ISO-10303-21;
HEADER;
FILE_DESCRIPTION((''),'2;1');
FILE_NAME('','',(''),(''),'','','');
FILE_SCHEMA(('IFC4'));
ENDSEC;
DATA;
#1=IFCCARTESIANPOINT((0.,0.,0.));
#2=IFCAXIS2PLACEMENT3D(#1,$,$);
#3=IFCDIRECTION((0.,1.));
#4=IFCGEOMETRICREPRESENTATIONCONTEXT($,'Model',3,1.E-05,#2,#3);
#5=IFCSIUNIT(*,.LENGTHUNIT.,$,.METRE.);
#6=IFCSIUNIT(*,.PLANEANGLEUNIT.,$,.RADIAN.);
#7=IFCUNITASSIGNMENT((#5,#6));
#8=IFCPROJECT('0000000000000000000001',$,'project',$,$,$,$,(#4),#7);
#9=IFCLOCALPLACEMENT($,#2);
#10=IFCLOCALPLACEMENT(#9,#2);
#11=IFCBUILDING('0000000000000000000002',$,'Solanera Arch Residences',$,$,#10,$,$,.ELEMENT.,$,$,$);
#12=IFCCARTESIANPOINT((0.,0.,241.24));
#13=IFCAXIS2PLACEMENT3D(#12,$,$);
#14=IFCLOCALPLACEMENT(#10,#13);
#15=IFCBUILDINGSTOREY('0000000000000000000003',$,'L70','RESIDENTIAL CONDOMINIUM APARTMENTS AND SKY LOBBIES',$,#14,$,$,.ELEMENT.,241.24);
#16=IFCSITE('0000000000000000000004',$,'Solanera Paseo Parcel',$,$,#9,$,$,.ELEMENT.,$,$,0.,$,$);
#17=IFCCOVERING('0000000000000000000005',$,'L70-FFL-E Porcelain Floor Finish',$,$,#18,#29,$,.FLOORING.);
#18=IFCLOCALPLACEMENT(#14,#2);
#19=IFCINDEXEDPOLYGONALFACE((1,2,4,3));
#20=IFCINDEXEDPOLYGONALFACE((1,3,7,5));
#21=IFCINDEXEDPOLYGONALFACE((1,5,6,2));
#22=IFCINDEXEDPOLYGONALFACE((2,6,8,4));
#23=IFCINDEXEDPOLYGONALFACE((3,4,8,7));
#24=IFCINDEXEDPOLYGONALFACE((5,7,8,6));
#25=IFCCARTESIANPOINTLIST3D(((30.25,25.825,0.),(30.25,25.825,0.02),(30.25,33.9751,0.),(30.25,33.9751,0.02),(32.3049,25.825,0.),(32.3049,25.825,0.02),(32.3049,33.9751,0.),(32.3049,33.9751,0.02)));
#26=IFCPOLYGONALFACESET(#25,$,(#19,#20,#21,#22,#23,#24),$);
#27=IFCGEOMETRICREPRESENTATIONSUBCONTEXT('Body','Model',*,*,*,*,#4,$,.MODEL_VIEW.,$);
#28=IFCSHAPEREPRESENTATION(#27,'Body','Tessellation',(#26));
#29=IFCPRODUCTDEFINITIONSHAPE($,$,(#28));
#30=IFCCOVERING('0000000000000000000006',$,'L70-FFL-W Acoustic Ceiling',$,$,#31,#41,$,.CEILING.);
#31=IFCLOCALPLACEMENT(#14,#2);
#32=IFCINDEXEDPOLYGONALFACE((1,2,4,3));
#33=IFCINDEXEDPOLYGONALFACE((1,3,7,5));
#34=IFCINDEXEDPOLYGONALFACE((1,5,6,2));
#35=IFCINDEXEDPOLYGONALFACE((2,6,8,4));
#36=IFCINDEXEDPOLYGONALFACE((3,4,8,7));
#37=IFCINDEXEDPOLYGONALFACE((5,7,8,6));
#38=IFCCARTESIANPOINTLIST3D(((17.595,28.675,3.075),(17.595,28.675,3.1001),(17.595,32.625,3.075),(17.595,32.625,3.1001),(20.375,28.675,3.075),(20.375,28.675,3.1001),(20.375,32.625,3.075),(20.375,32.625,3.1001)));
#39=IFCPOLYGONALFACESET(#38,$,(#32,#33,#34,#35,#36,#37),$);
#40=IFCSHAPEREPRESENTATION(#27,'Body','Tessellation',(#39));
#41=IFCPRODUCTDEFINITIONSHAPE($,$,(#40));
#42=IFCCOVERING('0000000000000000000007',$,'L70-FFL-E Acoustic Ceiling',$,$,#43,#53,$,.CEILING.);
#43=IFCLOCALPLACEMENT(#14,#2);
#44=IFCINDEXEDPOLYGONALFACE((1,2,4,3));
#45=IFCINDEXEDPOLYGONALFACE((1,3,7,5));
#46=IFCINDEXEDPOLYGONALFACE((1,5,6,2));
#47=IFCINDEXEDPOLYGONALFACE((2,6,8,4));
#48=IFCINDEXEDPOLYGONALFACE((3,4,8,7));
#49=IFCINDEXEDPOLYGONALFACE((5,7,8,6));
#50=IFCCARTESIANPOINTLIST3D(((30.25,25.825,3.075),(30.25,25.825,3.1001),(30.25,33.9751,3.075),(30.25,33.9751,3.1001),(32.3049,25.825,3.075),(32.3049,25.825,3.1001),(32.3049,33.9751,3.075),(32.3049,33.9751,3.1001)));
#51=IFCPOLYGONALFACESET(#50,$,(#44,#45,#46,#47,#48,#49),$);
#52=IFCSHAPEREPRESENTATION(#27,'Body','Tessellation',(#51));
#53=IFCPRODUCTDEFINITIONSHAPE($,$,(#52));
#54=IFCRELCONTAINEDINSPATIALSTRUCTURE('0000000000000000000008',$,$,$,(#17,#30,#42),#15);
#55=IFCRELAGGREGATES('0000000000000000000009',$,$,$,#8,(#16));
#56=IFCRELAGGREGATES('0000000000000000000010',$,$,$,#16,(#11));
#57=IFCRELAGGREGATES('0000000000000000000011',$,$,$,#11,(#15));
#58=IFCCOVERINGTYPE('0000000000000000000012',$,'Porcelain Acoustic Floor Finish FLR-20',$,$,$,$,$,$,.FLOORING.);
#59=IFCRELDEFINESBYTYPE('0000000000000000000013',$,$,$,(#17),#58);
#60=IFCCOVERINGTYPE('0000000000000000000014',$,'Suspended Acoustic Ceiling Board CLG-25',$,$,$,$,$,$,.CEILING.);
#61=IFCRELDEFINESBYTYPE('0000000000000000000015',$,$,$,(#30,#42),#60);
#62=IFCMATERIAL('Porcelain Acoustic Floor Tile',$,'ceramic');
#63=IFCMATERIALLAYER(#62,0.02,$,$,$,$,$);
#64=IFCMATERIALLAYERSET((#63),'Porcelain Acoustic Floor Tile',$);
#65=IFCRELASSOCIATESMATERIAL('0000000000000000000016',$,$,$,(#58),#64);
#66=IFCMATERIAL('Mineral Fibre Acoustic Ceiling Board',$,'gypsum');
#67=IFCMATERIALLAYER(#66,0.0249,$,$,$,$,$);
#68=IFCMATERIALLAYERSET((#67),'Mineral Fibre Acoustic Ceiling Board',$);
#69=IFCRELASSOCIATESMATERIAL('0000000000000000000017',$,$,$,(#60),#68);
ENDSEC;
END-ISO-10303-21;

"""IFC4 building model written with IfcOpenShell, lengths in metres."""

from ifc_helpers import new_model, si_unit, direction, frame, origin, place, context, subcontext, project, spatial, polyline, outline, extrude, material, layer, layer_set, type_object, element, save


model = new_model("IFC4")

# Units and contexts
model_context = context("Model", 3, precision=1e-05, world=origin(), true_north=direction((0.0, 1.0)))
body_context = subcontext(model_context, "Body", "Model", "MODEL_VIEW")
ifc_project = project(units=[si_unit("LENGTHUNIT", "METRE"), si_unit("PLANEANGLEUNIT", "RADIAN")], contexts=[model_context])

# Site, building, storey
site_placement = place(None, origin())
site = spatial("IfcSite", under=ifc_project, at=site_placement, Name="Solanera Paseo Parcel", CompositionType="ELEMENT", RefElevation=0.0)
building_placement = place(site_placement, origin())
building = spatial("IfcBuilding", under=site, at=building_placement, Name="Solanera Arch Residences", CompositionType="ELEMENT")
storey_placement = place(building_placement, frame((0.0, 0.0, 241.24)))
storey = spatial("IfcBuildingStorey", under=building, at=storey_placement, Name="L70", Description="RESIDENTIAL CONDOMINIUM APARTMENTS AND SKY LOBBIES", CompositionType="ELEMENT", Elevation=241.24)

# Coverings
ifc_material_1 = material(Name="Porcelain Acoustic Floor Tile", Category="ceramic")
ifc_layer_1 = layer(ifc_material_1, 0.02)
ifc_layer_set_1 = layer_set([ifc_layer_1], Name="Porcelain Acoustic Floor Tile")
covering_type_1 = type_object("IfcCoveringType", Name="Porcelain Acoustic Floor Finish FLR-20", PredefinedType="FLOORING", material=ifc_layer_set_1)
covering_1_placement = place(storey_placement, origin())
element("IfcCovering", 1, at=covering_1_placement, inside=storey, type_object=covering_type_1, Name="L70-FFL-E Porcelain Floor Finish", PredefinedType="FLOORING", context=body_context, shape_type="SweptSolid", body=[
    extrude(outline(polyline([(32.3049, 25.825), (30.25, 25.825), (30.25, 33.9751), (32.3049, 33.9751), (32.3049, 25.825)])), origin(), (0.0, 0.0, 1.0), 0.02),
])
ifc_material_2 = material(Name="Mineral Fibre Acoustic Ceiling Board", Category="gypsum")
ifc_layer_2 = layer(ifc_material_2, 0.0249)
ifc_layer_set_2 = layer_set([ifc_layer_2], Name="Mineral Fibre Acoustic Ceiling Board")
covering_type_2 = type_object("IfcCoveringType", Name="Suspended Acoustic Ceiling Board CLG-25", PredefinedType="CEILING", material=ifc_layer_set_2)
covering_2_placement = place(storey_placement, frame((0.0, 0.0, 3.075)))
element("IfcCovering", 2, at=covering_2_placement, inside=storey, type_object=covering_type_2, Name="L70-FFL-W Acoustic Ceiling", PredefinedType="CEILING", context=body_context, shape_type="SweptSolid", body=[
    extrude(outline(polyline([(20.375, 28.675), (17.595, 28.675), (17.595, 32.625), (20.375, 32.625), (20.375, 28.675)])), origin(), (0.0, 0.0, 1.0), 0.0251),
])
covering_3_placement = place(storey_placement, frame((0.0, 0.0, 3.075)))
element("IfcCovering", 3, at=covering_3_placement, inside=storey, type_object=covering_type_2, Name="L70-FFL-E Acoustic Ceiling", PredefinedType="CEILING", context=body_context, shape_type="SweptSolid", body=[
    extrude(outline(polyline([(32.3049, 25.825), (30.25, 25.825), (30.25, 33.9751), (32.3049, 33.9751), (32.3049, 25.825)])), origin(), (0.0, 0.0, 1.0), 0.0251),
])

save(model, "model.ifc")
